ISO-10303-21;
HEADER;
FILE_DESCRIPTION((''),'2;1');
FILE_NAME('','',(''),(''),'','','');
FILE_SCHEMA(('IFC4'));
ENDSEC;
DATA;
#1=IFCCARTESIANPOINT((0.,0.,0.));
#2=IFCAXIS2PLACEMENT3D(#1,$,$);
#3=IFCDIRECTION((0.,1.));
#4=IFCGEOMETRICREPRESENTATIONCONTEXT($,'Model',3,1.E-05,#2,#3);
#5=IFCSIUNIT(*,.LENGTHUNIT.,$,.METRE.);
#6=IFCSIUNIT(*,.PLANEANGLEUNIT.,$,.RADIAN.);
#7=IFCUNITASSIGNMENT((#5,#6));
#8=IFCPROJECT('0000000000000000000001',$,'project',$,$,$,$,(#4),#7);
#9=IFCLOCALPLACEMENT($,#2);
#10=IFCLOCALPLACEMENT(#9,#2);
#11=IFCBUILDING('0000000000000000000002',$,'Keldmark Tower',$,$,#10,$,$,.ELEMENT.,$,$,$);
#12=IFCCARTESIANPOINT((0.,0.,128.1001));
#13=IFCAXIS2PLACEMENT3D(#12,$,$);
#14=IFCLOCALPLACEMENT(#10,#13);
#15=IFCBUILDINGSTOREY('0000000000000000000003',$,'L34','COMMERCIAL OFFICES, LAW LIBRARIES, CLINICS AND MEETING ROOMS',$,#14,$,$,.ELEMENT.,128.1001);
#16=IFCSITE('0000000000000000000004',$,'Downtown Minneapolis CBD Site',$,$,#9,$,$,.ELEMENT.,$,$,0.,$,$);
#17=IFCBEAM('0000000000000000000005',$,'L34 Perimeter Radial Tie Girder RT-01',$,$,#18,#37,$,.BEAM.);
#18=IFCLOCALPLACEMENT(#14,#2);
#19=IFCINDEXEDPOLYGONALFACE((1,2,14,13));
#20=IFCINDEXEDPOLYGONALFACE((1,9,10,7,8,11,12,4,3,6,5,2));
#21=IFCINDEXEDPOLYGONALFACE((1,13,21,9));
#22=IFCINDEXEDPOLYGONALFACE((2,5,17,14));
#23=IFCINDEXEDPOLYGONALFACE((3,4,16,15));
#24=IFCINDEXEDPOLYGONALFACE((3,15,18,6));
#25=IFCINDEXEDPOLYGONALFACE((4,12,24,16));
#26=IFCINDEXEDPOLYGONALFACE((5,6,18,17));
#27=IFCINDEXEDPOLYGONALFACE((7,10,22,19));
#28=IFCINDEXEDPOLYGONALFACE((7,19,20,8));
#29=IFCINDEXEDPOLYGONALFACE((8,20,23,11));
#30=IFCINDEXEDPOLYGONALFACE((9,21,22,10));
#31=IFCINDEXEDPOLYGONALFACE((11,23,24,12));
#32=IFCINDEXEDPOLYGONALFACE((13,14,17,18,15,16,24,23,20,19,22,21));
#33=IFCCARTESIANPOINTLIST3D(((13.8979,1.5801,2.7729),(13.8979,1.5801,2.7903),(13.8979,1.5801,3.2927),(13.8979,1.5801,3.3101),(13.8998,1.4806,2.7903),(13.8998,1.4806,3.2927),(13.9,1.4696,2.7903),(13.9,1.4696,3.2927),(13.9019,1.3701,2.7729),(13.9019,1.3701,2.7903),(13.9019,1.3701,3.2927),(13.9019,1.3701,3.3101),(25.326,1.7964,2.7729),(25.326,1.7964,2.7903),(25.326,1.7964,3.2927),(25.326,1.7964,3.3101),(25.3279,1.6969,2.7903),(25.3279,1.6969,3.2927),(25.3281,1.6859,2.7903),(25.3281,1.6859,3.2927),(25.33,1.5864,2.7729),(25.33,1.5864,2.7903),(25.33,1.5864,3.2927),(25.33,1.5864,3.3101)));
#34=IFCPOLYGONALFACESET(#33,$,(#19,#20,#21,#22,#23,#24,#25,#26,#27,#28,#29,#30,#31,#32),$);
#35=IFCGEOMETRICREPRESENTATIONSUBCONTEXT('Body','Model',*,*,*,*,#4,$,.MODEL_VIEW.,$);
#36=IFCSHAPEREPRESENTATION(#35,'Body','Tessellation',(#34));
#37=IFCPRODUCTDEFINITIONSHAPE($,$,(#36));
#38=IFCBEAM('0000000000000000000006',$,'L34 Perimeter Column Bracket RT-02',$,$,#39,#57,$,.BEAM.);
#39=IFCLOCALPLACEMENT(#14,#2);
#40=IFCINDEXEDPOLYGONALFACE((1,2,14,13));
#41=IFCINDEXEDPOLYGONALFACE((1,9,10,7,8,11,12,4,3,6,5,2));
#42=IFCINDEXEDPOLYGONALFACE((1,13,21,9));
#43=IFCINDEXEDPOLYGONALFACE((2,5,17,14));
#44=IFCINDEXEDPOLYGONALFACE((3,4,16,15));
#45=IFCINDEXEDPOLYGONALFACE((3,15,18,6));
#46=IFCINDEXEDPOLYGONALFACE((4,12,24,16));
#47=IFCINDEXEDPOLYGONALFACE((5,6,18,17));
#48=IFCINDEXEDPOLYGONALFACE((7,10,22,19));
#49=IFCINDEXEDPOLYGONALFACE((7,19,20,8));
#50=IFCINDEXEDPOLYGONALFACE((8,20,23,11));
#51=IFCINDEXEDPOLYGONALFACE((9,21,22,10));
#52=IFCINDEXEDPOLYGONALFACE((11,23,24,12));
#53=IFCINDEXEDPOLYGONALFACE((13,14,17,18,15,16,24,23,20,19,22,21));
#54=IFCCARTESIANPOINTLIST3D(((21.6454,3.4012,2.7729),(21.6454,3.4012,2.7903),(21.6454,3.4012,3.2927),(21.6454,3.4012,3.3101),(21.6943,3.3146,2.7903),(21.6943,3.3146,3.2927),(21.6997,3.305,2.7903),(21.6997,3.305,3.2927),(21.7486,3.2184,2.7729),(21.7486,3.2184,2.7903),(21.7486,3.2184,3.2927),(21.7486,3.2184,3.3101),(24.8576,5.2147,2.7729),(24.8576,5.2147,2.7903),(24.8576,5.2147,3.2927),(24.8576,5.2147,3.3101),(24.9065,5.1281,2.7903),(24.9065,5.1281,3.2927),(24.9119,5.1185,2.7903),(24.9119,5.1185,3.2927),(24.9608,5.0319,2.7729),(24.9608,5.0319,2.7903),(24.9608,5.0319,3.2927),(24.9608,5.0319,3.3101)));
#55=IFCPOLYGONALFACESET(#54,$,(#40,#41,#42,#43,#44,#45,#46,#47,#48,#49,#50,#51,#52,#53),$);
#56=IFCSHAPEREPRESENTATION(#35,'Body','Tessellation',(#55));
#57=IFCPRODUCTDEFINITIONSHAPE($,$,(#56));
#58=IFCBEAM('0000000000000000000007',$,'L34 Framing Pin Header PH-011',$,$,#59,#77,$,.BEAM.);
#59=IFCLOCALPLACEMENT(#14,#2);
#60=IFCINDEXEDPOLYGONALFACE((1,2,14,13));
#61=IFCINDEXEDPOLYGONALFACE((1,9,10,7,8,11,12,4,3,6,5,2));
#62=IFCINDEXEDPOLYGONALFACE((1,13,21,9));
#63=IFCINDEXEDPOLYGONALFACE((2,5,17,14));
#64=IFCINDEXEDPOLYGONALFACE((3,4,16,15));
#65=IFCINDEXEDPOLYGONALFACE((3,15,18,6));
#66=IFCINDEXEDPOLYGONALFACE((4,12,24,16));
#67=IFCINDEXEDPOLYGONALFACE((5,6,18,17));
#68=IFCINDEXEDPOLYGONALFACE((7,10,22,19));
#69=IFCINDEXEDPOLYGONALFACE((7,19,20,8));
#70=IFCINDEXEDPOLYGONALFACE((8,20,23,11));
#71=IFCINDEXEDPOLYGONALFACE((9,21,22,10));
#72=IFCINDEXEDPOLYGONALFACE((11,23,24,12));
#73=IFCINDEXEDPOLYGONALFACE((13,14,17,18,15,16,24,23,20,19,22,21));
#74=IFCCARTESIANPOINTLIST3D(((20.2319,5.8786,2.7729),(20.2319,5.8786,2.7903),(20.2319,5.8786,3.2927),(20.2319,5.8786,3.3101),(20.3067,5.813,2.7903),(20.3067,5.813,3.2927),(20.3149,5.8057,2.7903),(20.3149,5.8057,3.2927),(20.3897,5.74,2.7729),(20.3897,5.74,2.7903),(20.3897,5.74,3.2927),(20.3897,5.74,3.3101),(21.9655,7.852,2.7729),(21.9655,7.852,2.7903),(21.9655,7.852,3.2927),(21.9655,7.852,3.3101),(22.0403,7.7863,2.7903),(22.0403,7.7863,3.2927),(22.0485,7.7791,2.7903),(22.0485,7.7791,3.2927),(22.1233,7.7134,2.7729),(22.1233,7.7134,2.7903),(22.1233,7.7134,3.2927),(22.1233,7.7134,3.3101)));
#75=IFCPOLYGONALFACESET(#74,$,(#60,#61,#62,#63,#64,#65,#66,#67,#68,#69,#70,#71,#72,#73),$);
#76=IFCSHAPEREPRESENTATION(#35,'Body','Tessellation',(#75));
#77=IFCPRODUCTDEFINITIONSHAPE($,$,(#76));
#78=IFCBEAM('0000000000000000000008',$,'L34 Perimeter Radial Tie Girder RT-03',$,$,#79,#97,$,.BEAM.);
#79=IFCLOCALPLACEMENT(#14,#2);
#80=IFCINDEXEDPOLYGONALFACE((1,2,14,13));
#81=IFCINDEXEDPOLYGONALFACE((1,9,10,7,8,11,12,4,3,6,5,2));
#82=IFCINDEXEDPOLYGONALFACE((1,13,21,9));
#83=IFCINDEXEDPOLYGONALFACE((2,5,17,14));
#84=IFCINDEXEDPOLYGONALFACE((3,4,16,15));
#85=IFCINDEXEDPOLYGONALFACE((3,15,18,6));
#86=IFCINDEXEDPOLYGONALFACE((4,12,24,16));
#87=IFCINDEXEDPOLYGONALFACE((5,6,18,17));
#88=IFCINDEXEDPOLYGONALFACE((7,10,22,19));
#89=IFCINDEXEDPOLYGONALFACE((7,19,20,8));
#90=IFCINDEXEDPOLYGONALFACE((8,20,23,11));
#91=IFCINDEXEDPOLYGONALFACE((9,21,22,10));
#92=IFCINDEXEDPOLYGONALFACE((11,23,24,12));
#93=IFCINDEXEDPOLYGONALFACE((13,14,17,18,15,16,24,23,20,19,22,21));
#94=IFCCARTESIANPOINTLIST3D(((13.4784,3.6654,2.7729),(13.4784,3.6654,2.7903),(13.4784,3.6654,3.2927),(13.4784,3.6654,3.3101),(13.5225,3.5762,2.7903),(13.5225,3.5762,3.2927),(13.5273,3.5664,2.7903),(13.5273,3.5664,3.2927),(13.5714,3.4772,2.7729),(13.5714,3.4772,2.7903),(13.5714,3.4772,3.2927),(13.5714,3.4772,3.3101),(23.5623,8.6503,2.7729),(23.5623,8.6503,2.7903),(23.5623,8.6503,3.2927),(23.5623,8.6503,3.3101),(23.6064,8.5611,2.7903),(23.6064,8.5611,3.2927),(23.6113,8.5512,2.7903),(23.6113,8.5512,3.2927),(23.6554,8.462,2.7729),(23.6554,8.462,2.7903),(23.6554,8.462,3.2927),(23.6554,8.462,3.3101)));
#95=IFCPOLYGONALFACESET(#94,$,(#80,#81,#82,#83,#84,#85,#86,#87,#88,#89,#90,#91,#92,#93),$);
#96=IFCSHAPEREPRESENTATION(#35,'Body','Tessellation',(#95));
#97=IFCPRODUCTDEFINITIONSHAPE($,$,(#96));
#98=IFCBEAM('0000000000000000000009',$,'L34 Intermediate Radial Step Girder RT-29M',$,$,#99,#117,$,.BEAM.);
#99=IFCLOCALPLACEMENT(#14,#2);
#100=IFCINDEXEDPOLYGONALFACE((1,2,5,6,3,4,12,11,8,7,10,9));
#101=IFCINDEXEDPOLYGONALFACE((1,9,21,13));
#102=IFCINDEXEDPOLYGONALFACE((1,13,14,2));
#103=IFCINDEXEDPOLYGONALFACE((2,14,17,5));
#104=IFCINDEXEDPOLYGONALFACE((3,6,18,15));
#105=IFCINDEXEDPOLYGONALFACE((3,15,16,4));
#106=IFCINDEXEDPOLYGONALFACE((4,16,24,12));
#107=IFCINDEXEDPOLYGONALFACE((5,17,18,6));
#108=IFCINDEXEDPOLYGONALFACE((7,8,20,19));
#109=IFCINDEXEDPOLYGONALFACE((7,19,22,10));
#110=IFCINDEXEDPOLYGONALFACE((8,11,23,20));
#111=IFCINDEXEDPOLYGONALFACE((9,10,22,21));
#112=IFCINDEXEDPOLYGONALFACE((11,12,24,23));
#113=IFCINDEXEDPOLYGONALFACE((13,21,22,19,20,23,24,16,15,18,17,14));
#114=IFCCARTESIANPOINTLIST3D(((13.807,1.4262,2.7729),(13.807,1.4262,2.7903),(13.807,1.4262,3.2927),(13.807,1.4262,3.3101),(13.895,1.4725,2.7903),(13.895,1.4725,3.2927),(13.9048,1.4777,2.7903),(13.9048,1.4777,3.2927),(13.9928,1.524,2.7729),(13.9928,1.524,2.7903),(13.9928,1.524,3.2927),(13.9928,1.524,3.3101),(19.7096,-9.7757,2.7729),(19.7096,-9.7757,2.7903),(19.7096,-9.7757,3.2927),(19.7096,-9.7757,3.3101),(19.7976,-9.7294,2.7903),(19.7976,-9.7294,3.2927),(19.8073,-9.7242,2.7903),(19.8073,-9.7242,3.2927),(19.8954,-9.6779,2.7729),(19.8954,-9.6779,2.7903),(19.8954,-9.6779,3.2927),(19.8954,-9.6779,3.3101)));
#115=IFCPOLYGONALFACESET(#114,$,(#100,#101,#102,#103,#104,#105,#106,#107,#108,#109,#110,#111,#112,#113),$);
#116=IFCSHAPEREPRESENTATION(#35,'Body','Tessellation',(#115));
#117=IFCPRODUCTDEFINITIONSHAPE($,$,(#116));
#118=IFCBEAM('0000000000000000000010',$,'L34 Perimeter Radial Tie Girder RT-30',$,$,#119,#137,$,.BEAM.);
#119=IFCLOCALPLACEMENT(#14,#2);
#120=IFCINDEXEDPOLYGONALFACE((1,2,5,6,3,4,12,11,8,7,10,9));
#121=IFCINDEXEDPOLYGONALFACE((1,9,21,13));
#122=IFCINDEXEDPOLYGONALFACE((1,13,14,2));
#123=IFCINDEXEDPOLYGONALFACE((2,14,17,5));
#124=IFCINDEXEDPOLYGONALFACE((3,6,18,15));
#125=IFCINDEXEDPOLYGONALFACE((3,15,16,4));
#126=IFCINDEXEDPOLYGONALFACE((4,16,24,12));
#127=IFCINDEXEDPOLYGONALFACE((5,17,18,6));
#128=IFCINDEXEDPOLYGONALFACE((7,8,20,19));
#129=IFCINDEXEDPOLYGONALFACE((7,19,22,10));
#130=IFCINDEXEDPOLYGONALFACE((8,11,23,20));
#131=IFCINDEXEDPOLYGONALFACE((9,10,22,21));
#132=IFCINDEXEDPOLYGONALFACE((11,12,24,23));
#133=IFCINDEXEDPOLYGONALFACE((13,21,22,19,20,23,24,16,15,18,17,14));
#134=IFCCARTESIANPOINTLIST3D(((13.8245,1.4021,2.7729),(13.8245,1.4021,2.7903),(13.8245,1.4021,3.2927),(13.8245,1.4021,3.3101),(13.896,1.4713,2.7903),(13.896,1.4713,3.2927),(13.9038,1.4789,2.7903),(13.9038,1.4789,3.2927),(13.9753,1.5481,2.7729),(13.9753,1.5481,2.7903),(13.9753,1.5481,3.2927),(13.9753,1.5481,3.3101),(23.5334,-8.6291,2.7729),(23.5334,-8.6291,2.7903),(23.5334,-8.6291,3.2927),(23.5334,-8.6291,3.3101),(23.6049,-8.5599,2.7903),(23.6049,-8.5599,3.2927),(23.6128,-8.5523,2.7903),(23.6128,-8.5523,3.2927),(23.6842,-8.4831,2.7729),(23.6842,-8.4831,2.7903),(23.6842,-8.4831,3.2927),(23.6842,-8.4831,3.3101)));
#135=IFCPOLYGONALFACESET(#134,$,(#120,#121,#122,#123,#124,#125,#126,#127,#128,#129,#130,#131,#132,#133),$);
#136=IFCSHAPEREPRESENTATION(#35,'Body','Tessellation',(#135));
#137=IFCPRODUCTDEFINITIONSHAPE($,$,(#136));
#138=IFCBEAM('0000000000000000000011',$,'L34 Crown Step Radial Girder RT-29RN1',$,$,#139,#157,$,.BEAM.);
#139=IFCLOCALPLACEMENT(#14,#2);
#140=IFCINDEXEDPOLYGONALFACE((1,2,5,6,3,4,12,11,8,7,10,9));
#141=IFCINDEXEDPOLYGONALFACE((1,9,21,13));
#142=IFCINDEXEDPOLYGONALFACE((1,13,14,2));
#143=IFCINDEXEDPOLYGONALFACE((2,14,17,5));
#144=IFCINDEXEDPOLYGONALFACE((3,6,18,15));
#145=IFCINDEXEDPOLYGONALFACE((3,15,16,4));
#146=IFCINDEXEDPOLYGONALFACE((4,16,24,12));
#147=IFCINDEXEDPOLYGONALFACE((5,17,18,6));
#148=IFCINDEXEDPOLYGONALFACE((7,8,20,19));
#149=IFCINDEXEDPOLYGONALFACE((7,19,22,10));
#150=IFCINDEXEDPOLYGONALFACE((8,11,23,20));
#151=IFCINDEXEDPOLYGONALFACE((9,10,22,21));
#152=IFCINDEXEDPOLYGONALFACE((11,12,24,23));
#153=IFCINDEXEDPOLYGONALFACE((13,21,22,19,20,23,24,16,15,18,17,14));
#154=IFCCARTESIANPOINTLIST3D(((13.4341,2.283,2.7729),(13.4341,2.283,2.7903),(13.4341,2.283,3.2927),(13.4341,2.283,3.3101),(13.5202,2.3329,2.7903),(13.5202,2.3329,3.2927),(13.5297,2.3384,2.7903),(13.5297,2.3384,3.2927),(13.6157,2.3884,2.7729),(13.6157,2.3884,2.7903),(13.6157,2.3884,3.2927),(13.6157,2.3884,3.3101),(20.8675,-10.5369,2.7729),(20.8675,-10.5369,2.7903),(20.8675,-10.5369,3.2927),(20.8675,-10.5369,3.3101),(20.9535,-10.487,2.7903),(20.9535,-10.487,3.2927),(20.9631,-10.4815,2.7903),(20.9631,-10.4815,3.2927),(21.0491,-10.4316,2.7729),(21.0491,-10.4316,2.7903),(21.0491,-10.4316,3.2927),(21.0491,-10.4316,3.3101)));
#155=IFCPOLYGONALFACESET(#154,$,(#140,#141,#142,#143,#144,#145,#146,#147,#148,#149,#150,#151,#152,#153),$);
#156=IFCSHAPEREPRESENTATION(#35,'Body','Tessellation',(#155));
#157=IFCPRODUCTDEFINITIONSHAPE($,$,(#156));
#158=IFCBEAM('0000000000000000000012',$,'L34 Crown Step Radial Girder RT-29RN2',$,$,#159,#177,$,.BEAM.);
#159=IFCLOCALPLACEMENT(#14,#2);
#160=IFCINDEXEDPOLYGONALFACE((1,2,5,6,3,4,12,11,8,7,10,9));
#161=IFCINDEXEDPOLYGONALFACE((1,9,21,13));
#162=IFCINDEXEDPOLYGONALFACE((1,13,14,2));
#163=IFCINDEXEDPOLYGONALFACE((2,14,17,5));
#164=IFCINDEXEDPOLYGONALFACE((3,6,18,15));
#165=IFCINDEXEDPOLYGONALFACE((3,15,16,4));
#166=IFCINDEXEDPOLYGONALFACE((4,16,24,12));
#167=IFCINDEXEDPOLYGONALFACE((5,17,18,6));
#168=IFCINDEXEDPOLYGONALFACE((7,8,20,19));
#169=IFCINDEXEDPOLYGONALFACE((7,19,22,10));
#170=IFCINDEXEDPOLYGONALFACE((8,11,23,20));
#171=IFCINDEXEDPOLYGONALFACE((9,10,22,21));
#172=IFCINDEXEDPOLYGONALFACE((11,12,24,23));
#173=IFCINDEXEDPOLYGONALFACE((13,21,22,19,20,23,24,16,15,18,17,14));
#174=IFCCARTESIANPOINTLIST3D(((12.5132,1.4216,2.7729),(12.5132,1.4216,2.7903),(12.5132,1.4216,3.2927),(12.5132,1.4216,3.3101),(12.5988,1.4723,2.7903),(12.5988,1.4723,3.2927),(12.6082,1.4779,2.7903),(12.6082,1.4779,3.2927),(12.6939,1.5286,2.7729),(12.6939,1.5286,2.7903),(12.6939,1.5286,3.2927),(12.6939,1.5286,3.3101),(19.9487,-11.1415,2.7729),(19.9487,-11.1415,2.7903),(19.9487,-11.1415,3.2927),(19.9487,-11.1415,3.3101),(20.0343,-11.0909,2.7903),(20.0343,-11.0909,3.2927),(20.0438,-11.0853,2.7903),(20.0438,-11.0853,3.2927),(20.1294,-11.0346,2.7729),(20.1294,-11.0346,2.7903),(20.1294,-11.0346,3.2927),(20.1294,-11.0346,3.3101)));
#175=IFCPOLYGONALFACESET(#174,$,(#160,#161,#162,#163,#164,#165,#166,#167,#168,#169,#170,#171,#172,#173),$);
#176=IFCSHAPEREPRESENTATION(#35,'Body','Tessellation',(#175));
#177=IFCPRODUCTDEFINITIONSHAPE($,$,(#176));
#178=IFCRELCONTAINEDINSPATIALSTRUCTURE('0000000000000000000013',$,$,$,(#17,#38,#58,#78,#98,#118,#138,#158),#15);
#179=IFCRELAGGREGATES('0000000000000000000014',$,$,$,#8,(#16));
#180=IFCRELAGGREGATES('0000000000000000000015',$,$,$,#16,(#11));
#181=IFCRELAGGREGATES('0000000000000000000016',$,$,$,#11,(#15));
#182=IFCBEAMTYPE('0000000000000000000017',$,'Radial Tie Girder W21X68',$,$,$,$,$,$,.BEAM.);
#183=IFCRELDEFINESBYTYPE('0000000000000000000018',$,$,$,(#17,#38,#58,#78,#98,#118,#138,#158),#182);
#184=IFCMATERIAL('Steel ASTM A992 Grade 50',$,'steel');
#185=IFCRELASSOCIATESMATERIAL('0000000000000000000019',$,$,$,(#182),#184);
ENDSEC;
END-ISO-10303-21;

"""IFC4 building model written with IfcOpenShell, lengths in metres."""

from ifc_helpers import new_model, si_unit, direction, frame, origin, origin_2d, place, context, subcontext, project, spatial, i_section, extrude, material, material_profile, profile_set, type_object, element, save


model = new_model("IFC4")

# Units and contexts
model_context = context("Model", 3, precision=1e-05, world=origin(), true_north=direction((0.0, 1.0)))
body_context = subcontext(model_context, "Body", "Model", "MODEL_VIEW")
ifc_project = project(units=[si_unit("LENGTHUNIT", "METRE"), si_unit("PLANEANGLEUNIT", "RADIAN")], contexts=[model_context])

# Site, building, storey
site_placement = place(None, origin())
site = spatial("IfcSite", under=ifc_project, at=site_placement, Name="Downtown Minneapolis CBD Site", CompositionType="ELEMENT", RefElevation=0.0)
building_placement = place(site_placement, origin())
building = spatial("IfcBuilding", under=site, at=building_placement, Name="Keldmark Tower", CompositionType="ELEMENT")
storey_placement = place(building_placement, frame((0.0, 0.0, 128.1001)))
storey = spatial("IfcBuildingStorey", under=building, at=storey_placement, Name="L34", Description="COMMERCIAL OFFICES, LAW LIBRARIES, CLINICS AND MEETING ROOMS", CompositionType="ELEMENT", Elevation=128.1001)

# Beams
ifc_material_1 = material(Name="Steel ASTM A992 Grade 50", Category="steel")
ifc_material_profile_1 = material_profile(ifc_material_1, i_section(OverallWidth=0.21, OverallDepth=0.5371, WebThickness=0.011, FlangeThickness=0.0173, at=origin_2d()), Name="W21X68")
ifc_profile_set_1 = profile_set([ifc_material_profile_1], Name="Steel ASTM A992 Grade 50")
beam_type_1 = type_object("IfcBeamType", Name="Radial Tie Girder W21X68", PredefinedType="BEAM", material=ifc_profile_set_1)
beam_1_placement = place(storey_placement, frame((13.8999, 1.4751, 3.0415), z_axis=(0.999821, 0.018924, 0.0), x_axis=(-0.018924, 0.999821, 0.0)))
element("IfcBeam", 1, at=beam_1_placement, inside=storey, type_object=beam_type_1, Name="L34 Perimeter Radial Tie Girder RT-01", PredefinedType="BEAM", context=body_context, shape_type="SweptSolid", body=[
    extrude(i_section(OverallWidth=0.21, OverallDepth=0.5371, WebThickness=0.011, FlangeThickness=0.0173, at=origin_2d()), origin(), (0.0, 0.0, 1.0), 11.4302),
])
beam_2_placement = place(storey_placement, frame((21.697, 3.3098, 3.0415), z_axis=(0.870806, 0.491628, 0.0), x_axis=(-0.491628, 0.870806, 0.0)))
element("IfcBeam", 2, at=beam_2_placement, inside=storey, type_object=beam_type_1, Name="L34 Perimeter Column Bracket RT-02", PredefinedType="BEAM", context=body_context, shape_type="SweptSolid", body=[
    extrude(i_section(OverallWidth=0.21, OverallDepth=0.5371, WebThickness=0.011, FlangeThickness=0.0173, at=origin_2d()), origin(), (0.0, 0.0, 1.0), 3.6887),
])
beam_3_placement = place(storey_placement, frame((20.3108, 5.8093, 3.0415), z_axis=(0.659997, 0.751268, 0.0), x_axis=(-0.751268, 0.659997, 0.0)))
element("IfcBeam", 3, at=beam_3_placement, inside=storey, type_object=beam_type_1, Name="L34 Framing Pin Header PH-011", PredefinedType="BEAM", context=body_context, shape_type="SweptSolid", body=[
    extrude(i_section(OverallWidth=0.21, OverallDepth=0.5371, WebThickness=0.011, FlangeThickness=0.0173, at=origin_2d()), origin(), (0.0, 0.0, 1.0), 2.6267),
])
beam_4_placement = place(storey_placement, frame((13.5249, 3.5713, 3.0415), z_axis=(0.896449, 0.443146, 0.0), x_axis=(-0.443146, 0.896449, 0.0)))
element("IfcBeam", 4, at=beam_4_placement, inside=storey, type_object=beam_type_1, Name="L34 Perimeter Radial Tie Girder RT-03", PredefinedType="BEAM", context=body_context, shape_type="SweptSolid", body=[
    extrude(i_section(OverallWidth=0.21, OverallDepth=0.5371, WebThickness=0.011, FlangeThickness=0.0173, at=origin_2d()), origin(), (0.0, 0.0, 1.0), 11.2488),
])
beam_5_placement = place(storey_placement, frame((13.8999, 1.4751, 3.0415), z_axis=(0.46617, -0.884695, 0.0), x_axis=(0.884695, 0.46617, 0.0)))
element("IfcBeam", 5, at=beam_5_placement, inside=storey, type_object=beam_type_1, Name="L34 Intermediate Radial Step Girder RT-29M", PredefinedType="BEAM", context=body_context, shape_type="SweptSolid", body=[
    extrude(i_section(OverallWidth=0.21, OverallDepth=0.5371, WebThickness=0.011, FlangeThickness=0.0173, at=origin_2d()), origin(), (0.0, 0.0, 1.0), 12.6619),
])
beam_6_placement = place(storey_placement, frame((13.8999, 1.4751, 3.0415), z_axis=(0.69547, -0.718555, 0.0), x_axis=(0.718555, 0.69547, 0.0)))
element("IfcBeam", 6, at=beam_6_placement, inside=storey, type_object=beam_type_1, Name="L34 Perimeter Radial Tie Girder RT-30", PredefinedType="BEAM", context=body_context, shape_type="SweptSolid", body=[
    extrude(i_section(OverallWidth=0.21, OverallDepth=0.5371, WebThickness=0.011, FlangeThickness=0.0173, at=origin_2d()), origin(), (0.0, 0.0, 1.0), 13.9602),
])
beam_7_placement = place(storey_placement, frame((13.5249, 2.3357, 3.0415), z_axis=(0.50161, -0.865094, 0.0), x_axis=(0.865094, 0.50161, 0.0)))
element("IfcBeam", 7, at=beam_7_placement, inside=storey, type_object=beam_type_1, Name="L34 Crown Step Radial Girder RT-29RN1", PredefinedType="BEAM", context=body_context, shape_type="SweptSolid", body=[
    extrude(i_section(OverallWidth=0.21, OverallDepth=0.5371, WebThickness=0.011, FlangeThickness=0.0173, at=origin_2d()), origin(), (0.0, 0.0, 1.0), 14.8191),
])
beam_8_placement = place(storey_placement, frame((12.6035, 1.4751, 3.0415), z_axis=(0.509329, -0.860572, 0.0), x_axis=(0.860572, 0.509329, 0.0)))
element("IfcBeam", 8, at=beam_8_placement, inside=storey, type_object=beam_type_1, Name="L34 Crown Step Radial Girder RT-29RN2", PredefinedType="BEAM", context=body_context, shape_type="SweptSolid", body=[
    extrude(i_section(OverallWidth=0.21, OverallDepth=0.5371, WebThickness=0.011, FlangeThickness=0.0173, at=origin_2d()), origin(), (0.0, 0.0, 1.0), 14.5986),
])

save(model, "model.ifc")
